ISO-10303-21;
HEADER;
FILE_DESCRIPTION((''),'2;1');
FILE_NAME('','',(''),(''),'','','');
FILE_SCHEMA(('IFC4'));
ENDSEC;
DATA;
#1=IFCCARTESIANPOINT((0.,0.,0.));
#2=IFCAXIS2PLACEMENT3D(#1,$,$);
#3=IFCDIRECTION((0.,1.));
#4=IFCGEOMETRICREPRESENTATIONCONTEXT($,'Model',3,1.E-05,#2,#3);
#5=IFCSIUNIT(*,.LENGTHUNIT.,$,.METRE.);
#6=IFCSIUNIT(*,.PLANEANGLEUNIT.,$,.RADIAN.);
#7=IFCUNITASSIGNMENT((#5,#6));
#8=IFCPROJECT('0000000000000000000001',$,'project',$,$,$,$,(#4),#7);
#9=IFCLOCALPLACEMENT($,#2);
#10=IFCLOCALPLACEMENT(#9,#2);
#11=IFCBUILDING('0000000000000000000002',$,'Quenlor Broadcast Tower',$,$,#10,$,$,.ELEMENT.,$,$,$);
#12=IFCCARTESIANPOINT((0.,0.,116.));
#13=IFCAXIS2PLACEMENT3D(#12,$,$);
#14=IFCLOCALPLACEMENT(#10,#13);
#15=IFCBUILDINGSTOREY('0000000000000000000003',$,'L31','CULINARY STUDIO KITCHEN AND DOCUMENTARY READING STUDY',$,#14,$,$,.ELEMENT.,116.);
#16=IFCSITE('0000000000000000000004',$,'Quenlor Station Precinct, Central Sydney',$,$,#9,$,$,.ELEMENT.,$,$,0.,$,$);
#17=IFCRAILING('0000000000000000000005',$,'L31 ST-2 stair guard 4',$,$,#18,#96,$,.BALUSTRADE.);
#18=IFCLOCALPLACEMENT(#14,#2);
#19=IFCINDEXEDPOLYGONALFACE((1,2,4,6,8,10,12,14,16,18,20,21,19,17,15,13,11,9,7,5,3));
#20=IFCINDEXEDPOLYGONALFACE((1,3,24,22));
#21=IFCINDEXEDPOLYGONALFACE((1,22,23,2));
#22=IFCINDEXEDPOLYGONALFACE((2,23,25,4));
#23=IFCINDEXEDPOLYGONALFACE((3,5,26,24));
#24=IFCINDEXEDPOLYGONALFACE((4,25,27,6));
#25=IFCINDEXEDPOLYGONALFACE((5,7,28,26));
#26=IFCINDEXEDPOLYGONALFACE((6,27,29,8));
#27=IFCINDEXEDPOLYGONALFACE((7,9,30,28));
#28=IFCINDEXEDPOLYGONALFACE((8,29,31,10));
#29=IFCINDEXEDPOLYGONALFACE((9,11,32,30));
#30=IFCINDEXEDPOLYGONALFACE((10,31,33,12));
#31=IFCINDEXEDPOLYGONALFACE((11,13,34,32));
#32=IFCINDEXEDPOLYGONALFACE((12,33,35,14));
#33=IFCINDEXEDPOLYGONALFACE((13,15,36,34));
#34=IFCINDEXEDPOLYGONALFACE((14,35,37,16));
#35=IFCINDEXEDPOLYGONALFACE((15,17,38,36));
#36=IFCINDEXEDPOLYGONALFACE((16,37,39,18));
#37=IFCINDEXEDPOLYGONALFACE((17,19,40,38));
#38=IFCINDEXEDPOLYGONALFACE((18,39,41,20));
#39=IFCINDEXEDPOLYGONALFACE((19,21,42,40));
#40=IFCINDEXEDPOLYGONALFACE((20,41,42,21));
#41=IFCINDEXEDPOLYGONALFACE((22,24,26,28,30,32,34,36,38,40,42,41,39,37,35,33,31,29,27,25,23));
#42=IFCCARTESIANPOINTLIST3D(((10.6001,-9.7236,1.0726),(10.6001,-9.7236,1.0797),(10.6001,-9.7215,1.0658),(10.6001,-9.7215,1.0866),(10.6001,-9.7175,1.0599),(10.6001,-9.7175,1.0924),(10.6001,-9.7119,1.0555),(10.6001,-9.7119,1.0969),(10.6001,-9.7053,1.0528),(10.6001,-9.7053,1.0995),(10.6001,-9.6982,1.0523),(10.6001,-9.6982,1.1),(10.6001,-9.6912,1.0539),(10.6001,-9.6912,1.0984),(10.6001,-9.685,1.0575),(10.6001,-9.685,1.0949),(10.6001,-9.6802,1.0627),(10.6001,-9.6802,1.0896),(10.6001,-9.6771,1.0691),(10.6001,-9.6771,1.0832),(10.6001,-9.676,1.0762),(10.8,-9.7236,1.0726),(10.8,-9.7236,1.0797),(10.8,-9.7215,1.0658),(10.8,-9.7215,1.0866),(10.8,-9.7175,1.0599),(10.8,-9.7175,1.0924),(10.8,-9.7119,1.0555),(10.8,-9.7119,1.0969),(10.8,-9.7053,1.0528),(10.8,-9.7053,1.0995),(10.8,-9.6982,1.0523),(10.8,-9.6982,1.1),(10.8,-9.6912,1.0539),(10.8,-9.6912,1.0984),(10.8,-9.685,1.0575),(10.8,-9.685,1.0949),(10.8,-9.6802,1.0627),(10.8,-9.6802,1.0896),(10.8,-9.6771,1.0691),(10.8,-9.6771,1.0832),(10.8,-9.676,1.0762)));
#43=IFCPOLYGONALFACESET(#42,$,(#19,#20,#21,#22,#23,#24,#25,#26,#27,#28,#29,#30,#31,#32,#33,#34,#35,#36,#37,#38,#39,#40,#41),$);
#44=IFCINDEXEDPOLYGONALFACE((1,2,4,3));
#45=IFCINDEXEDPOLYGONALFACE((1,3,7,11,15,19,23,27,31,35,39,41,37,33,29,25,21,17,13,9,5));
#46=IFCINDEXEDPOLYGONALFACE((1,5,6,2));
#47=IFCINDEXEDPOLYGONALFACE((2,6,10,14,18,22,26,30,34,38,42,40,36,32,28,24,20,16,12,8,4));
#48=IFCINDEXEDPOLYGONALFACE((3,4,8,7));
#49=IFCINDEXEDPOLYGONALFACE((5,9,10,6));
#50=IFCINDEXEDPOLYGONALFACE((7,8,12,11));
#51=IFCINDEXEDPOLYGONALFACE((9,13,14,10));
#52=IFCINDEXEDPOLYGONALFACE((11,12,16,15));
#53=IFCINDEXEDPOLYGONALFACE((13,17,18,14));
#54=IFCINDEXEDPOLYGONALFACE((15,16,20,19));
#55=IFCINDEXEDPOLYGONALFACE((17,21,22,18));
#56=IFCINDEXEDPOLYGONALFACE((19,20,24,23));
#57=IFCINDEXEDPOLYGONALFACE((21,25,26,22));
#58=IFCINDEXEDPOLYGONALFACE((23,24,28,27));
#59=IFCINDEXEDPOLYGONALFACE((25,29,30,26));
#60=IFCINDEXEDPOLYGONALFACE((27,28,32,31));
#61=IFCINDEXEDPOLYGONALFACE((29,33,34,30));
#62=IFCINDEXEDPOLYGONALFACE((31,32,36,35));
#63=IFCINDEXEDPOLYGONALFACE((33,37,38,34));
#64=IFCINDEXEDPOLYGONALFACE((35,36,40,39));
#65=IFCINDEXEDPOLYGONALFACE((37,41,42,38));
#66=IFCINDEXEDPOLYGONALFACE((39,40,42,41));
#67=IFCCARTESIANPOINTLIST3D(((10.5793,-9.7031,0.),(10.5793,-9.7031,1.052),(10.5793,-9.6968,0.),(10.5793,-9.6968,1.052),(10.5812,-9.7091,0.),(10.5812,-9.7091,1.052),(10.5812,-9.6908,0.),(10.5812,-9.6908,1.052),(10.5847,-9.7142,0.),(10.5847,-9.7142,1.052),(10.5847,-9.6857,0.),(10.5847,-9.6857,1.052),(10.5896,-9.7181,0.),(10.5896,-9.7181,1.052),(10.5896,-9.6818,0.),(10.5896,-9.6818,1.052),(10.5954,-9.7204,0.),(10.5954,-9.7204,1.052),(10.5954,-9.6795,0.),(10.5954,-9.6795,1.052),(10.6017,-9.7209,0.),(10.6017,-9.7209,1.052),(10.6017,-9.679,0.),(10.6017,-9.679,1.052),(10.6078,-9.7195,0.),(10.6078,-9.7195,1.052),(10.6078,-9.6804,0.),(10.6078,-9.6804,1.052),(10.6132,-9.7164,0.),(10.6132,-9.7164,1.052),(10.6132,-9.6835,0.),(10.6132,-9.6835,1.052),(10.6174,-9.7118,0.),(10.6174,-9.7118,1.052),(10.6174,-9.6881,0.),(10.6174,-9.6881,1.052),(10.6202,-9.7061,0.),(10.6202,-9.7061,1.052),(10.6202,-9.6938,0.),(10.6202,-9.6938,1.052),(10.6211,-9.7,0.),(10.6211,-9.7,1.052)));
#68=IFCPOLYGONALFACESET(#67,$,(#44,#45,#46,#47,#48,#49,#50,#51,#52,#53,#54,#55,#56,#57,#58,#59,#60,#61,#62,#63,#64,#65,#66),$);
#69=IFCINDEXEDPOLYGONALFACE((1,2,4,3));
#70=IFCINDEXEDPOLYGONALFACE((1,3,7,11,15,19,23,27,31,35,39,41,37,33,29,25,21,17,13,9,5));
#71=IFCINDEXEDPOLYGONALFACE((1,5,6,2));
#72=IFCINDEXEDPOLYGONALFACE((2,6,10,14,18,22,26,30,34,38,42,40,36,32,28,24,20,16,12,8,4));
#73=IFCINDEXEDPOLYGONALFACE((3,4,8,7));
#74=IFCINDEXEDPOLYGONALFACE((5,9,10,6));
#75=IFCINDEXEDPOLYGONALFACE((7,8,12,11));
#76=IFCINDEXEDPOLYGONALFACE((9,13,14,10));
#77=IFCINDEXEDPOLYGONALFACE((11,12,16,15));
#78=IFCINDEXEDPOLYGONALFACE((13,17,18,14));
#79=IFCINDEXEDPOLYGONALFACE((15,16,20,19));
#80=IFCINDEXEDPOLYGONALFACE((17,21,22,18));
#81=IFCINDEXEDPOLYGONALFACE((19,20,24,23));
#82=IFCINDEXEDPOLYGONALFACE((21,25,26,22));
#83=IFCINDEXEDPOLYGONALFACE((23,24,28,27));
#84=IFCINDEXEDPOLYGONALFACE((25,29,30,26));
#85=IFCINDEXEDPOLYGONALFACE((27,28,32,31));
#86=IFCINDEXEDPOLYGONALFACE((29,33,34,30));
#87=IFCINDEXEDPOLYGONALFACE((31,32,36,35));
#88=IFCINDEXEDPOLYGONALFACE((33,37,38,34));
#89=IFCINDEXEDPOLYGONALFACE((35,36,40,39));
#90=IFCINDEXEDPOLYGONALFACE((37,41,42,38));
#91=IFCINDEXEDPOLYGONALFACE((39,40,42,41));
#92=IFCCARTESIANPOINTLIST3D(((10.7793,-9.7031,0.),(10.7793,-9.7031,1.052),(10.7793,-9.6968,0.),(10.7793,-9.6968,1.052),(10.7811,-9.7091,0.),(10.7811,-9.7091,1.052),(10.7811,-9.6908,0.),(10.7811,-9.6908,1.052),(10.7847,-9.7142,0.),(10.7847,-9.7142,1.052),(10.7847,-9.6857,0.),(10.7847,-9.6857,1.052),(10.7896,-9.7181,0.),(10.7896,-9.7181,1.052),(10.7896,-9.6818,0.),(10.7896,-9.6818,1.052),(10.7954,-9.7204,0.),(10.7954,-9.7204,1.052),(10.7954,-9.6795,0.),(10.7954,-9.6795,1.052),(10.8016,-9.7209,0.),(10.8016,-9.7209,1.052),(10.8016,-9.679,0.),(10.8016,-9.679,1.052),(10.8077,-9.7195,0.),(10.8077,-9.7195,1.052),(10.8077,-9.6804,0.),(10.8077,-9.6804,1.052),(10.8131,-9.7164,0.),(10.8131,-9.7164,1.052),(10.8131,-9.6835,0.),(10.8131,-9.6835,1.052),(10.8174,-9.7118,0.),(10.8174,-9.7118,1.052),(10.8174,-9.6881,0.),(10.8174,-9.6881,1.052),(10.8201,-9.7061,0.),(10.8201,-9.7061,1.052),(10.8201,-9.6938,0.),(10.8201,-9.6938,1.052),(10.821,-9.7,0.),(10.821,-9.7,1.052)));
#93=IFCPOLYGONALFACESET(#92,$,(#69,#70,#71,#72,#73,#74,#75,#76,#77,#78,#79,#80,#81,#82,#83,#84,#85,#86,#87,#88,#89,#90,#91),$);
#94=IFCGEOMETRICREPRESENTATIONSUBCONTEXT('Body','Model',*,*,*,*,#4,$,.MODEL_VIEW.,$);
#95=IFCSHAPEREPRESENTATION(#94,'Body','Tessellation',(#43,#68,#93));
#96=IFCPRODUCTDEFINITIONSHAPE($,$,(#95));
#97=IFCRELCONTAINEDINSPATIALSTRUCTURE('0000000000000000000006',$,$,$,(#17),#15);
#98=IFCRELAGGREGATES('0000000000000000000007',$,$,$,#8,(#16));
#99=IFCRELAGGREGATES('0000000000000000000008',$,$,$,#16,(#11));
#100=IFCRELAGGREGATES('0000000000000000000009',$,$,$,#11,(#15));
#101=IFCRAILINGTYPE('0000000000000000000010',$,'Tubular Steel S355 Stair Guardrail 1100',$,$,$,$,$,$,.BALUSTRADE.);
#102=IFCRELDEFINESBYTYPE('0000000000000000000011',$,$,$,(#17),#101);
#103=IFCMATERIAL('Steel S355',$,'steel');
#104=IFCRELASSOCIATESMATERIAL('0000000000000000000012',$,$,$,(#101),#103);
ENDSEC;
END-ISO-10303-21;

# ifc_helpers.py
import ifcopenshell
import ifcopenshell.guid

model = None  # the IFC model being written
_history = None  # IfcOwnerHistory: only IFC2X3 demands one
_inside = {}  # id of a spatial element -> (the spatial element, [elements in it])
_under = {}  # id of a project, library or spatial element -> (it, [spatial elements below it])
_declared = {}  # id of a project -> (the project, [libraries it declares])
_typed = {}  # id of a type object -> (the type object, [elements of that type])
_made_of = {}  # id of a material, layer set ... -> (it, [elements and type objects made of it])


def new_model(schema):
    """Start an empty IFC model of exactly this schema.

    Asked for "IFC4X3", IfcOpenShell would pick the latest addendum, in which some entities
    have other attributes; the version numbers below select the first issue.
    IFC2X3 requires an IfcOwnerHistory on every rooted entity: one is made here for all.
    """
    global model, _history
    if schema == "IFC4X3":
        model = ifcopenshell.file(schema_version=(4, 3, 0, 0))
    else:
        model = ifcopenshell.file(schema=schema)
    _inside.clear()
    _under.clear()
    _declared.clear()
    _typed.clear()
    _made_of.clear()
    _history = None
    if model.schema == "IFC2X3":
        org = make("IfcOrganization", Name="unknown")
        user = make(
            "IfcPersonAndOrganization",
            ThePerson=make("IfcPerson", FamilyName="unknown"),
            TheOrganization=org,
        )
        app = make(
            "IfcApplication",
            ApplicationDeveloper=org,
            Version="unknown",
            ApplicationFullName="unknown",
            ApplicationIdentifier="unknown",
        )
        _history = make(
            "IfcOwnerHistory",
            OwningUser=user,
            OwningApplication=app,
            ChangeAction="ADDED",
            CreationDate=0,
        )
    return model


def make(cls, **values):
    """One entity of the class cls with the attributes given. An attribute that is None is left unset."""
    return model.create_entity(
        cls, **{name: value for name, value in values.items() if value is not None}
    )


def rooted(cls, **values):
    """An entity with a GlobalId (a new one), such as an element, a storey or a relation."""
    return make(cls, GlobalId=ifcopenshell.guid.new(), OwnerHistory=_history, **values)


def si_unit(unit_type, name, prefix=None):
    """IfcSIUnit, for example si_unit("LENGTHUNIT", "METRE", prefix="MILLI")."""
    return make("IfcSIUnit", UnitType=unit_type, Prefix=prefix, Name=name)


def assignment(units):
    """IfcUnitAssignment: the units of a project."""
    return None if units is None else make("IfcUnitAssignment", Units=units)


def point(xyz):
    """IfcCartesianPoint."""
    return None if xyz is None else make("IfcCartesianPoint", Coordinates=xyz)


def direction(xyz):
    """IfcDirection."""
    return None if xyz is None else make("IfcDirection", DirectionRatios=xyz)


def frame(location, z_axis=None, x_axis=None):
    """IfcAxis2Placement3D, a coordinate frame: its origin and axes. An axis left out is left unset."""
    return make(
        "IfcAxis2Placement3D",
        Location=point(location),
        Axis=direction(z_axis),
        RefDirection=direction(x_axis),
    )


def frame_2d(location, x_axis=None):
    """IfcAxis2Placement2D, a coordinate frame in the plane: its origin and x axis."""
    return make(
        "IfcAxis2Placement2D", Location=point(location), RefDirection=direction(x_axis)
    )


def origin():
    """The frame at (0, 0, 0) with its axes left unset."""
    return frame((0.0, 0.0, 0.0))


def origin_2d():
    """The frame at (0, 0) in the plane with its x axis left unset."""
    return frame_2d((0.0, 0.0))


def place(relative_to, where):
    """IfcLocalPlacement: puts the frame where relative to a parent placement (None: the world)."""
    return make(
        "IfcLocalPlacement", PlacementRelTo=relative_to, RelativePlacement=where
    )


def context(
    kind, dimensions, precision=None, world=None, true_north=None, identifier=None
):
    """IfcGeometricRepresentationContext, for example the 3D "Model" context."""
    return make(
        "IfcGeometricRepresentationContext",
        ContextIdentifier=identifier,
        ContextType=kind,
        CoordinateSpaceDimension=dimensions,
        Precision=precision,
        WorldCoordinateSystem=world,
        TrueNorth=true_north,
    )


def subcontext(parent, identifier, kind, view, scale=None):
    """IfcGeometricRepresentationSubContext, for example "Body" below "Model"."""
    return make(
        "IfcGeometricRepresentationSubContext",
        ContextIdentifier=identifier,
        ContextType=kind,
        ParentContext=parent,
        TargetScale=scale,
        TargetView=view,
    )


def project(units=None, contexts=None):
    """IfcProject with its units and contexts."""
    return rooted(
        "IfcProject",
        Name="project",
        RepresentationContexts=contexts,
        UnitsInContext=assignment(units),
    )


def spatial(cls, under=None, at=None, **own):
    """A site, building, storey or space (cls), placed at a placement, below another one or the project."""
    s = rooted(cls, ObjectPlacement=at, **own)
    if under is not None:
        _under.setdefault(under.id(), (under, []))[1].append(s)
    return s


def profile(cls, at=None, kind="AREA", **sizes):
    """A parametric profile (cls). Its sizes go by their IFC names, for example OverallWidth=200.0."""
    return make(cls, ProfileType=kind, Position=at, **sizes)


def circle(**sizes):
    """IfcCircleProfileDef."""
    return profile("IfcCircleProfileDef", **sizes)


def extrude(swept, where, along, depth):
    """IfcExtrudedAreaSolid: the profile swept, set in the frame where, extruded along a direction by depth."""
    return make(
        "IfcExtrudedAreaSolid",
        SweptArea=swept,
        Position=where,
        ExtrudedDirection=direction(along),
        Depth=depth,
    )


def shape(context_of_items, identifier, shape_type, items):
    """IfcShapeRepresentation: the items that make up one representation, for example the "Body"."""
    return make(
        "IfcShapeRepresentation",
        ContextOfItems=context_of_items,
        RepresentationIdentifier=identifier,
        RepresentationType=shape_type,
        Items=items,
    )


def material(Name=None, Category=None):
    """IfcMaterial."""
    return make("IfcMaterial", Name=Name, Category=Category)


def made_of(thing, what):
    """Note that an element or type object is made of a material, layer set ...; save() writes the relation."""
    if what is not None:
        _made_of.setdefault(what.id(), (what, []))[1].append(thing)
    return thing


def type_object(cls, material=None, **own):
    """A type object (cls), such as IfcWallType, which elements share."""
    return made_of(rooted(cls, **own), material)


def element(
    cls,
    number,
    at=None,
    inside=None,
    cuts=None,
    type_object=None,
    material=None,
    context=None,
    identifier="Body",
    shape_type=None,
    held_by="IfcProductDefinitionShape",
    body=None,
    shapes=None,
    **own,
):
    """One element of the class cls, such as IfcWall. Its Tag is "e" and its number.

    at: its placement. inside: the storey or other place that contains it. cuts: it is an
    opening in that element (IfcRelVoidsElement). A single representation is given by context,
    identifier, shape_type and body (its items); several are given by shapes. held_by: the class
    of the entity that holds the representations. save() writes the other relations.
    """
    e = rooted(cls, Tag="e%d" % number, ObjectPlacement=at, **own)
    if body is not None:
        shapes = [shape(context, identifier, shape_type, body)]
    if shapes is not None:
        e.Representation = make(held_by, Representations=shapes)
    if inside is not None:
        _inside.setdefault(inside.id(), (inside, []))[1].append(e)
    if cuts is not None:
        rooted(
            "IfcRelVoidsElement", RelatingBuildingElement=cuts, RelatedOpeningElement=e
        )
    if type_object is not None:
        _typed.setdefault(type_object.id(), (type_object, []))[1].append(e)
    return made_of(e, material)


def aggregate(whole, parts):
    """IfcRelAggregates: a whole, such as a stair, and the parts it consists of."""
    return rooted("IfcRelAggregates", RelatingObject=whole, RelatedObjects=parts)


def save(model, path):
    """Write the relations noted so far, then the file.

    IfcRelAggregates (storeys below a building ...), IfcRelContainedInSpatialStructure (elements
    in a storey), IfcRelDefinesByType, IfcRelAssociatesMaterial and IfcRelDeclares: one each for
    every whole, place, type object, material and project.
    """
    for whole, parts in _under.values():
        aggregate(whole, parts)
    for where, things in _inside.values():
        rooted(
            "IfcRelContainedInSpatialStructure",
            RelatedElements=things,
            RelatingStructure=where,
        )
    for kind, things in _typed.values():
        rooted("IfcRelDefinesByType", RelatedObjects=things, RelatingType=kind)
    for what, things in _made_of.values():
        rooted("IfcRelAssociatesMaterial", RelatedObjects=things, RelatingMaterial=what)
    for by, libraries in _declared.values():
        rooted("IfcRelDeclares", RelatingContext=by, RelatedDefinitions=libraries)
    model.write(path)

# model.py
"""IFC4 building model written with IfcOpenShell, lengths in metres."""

from ifc_helpers import new_model, si_unit, direction, frame, origin, origin_2d, place, context, subcontext, project, spatial, circle, extrude, material, type_object, element, save


model = new_model("IFC4")

# Units and contexts
model_context = context("Model", 3, precision=1e-05, world=origin(), true_north=direction((0.0, 1.0)))
body_context = subcontext(model_context, "Body", "Model", "MODEL_VIEW")
ifc_project = project(units=[si_unit("LENGTHUNIT", "METRE"), si_unit("PLANEANGLEUNIT", "RADIAN")], contexts=[model_context])

# Site, building, storey
site_placement = place(None, origin())
site = spatial("IfcSite", under=ifc_project, at=site_placement, Name="Quenlor Station Precinct, Central Sydney", CompositionType="ELEMENT", RefElevation=0.0)
building_placement = place(site_placement, origin())
building = spatial("IfcBuilding", under=site, at=building_placement, Name="Quenlor Broadcast Tower", CompositionType="ELEMENT")
storey_placement = place(building_placement, frame((0.0, 0.0, 116.0)))
storey = spatial("IfcBuildingStorey", under=building, at=storey_placement, Name="L31", Description="CULINARY STUDIO KITCHEN AND DOCUMENTARY READING STUDY", CompositionType="ELEMENT", Elevation=116.0)

# Railing
ifc_material_1 = material(Name="Steel S355", Category="steel")
railing_type_1 = type_object("IfcRailingType", Name="Tubular Steel S355 Stair Guardrail 1100", PredefinedType="BALUSTRADE", material=ifc_material_1)
railing_1_placement = place(storey_placement, frame((10.6001, -9.7, 0.0)))
element("IfcRailing", 1, at=railing_1_placement, inside=storey, type_object=railing_type_1, Name="L31 ST-2 stair guard 4", PredefinedType="BALUSTRADE", context=body_context, shape_type="SweptSolid", body=[
    extrude(circle(Radius=0.0239, at=origin_2d()), frame((0.0, 0.0, 1.0762), z_axis=(1.0, 0.0, 0.0), x_axis=(0.0, 1.0, 0.0)), (0.0, 0.0, 1.0), 0.2),
    extrude(circle(Radius=0.021, at=origin_2d()), origin(), (0.0, 0.0, 1.0), 1.052),
    extrude(circle(Radius=0.021, at=origin_2d()), frame((0.2, 0.0, 0.0)), (0.0, 0.0, 1.0), 1.052),
])

save(model, "model.ifc")
